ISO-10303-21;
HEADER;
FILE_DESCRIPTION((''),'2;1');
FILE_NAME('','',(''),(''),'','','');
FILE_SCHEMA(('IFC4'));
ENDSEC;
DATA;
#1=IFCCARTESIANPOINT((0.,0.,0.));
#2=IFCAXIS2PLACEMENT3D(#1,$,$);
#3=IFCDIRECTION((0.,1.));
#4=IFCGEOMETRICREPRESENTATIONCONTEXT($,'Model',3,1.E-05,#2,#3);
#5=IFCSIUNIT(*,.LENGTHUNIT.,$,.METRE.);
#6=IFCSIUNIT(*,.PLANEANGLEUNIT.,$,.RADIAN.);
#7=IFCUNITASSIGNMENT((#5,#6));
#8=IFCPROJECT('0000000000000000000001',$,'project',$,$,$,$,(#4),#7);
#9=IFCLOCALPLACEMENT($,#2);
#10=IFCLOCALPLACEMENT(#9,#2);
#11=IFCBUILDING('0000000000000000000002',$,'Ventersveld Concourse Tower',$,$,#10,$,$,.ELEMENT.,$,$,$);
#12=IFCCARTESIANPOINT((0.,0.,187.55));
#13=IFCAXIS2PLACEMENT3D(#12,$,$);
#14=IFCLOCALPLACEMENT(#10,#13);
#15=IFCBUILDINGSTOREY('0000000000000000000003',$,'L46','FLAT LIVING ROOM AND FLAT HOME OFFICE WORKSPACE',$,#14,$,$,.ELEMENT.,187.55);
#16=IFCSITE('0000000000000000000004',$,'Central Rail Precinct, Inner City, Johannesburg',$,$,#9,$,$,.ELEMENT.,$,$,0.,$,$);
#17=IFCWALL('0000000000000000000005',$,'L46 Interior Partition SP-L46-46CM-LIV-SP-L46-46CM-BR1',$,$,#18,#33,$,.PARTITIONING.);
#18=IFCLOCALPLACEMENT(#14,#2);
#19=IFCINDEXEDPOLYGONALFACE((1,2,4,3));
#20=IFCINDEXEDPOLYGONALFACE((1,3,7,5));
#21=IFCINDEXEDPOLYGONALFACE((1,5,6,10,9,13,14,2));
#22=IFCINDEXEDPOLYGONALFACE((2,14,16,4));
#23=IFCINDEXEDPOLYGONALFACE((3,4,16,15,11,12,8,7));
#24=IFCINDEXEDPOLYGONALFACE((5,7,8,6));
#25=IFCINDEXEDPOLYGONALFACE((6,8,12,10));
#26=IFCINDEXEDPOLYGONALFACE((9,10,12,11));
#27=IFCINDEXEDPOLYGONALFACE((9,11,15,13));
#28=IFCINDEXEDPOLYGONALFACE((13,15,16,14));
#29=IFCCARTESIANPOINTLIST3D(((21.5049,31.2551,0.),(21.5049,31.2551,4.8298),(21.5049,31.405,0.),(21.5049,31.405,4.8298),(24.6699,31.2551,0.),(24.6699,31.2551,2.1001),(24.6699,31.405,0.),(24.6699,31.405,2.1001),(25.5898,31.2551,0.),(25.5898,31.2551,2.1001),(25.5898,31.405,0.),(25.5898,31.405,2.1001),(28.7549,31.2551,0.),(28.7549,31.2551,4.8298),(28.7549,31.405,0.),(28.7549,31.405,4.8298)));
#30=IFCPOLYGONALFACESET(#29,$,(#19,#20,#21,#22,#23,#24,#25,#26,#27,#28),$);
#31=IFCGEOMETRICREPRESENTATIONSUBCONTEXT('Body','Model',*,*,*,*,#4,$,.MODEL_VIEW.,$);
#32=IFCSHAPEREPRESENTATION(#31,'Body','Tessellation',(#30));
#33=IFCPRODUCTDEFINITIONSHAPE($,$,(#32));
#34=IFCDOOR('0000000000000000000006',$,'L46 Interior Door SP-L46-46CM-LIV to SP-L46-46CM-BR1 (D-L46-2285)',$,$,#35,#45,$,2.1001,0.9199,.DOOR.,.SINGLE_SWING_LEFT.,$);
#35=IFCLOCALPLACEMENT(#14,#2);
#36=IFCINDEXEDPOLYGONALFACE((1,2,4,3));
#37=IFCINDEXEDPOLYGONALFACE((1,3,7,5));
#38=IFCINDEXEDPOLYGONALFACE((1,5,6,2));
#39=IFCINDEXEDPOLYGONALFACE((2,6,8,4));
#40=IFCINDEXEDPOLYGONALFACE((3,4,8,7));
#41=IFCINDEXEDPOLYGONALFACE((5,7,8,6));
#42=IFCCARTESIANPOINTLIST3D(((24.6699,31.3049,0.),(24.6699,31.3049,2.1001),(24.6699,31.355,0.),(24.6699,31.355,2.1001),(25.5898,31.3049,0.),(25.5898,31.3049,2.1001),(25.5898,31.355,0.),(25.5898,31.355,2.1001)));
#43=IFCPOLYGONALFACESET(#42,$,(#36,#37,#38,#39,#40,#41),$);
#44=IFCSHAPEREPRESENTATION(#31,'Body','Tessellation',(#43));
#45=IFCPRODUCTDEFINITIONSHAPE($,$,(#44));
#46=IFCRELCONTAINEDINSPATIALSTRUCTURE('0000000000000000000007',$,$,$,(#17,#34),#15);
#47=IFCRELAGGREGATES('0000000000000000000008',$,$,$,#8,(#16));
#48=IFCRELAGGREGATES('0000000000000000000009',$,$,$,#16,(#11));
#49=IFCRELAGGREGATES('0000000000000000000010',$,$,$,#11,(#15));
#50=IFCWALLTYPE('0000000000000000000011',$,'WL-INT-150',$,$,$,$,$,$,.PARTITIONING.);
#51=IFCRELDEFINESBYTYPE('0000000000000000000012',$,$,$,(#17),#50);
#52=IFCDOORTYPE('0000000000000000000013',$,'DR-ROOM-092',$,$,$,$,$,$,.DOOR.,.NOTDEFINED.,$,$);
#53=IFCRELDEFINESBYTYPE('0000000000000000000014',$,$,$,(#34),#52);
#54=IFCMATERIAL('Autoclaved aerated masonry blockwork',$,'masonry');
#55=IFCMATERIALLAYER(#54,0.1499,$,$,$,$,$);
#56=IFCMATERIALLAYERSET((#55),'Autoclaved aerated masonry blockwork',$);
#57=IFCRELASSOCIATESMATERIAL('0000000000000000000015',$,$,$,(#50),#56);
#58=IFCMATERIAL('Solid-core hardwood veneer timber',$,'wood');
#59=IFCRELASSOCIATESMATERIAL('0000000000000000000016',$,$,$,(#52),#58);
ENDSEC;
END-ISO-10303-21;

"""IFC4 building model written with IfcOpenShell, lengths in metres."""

from ifc_helpers import new_model, si_unit, direction, frame, frame_2d, origin, place, context, subcontext, project, spatial, rectangle, extrude, material, layer, layer_set, type_object, element, fill, save


model = new_model("IFC4")

# Units and contexts
model_context = context("Model", 3, precision=1e-05, world=origin(), true_north=direction((0.0, 1.0)))
body_context = subcontext(model_context, "Body", "Model", "MODEL_VIEW")
ifc_project = project(units=[si_unit("LENGTHUNIT", "METRE"), si_unit("PLANEANGLEUNIT", "RADIAN")], contexts=[model_context])

# Site, building, storey
site_placement = place(None, origin())
site = spatial("IfcSite", under=ifc_project, at=site_placement, Name="Central Rail Precinct, Inner City, Johannesburg", CompositionType="ELEMENT", RefElevation=0.0)
building_placement = place(site_placement, origin())
building = spatial("IfcBuilding", under=site, at=building_placement, Name="Ventersveld Concourse Tower", CompositionType="ELEMENT")
storey_placement = place(building_placement, frame((0.0, 0.0, 187.55)))
storey = spatial("IfcBuildingStorey", under=building, at=storey_placement, Name="L46", Description="FLAT LIVING ROOM AND FLAT HOME OFFICE WORKSPACE", CompositionType="ELEMENT", Elevation=187.55)

# Shared definitions
ifc_material_1 = material(Name="Autoclaved aerated masonry blockwork", Category="masonry")
ifc_layer_1 = layer(ifc_material_1, 0.1499)
ifc_layer_set_1 = layer_set([ifc_layer_1], Name="Autoclaved aerated masonry blockwork")
wall_type_1 = type_object("IfcWallType", Name="WL-INT-150", PredefinedType="PARTITIONING", material=ifc_layer_set_1)

# Shared definitions
ifc_material_2 = material(Name="Solid-core hardwood veneer timber", Category="wood")
door_type = type_object("IfcDoorType", Name="DR-ROOM-092", OperationType="NOTDEFINED", PredefinedType="DOOR", material=ifc_material_2)

# Wall, opening, door
wall_1_placement = place(storey_placement, frame((21.5049, 31.3301, 0.0), z_axis=(0.0, 0.0, 1.0), x_axis=(1.0, 0.0, 0.0)))
wall_1 = element("IfcWall", 1, at=wall_1_placement, inside=storey, type_object=wall_type_1, Name="L46 Interior Partition SP-L46-46CM-LIV-SP-L46-46CM-BR1", PredefinedType="PARTITIONING", context=body_context, shape_type="SweptSolid", body=[
    extrude(rectangle(XDim=7.25, YDim=0.1499, at=frame_2d((3.625, 0.0))), origin(), (0.0, 0.0, 1.0), 4.8298),
])
opening_1_placement = place(wall_1_placement, frame((3.165, 0.0, 0.0)))
opening_1 = element("IfcOpeningElement", 2, at=opening_1_placement, cuts=wall_1, PredefinedType="OPENING", context=body_context, shape_type="SweptSolid", body=[
    extrude(rectangle(XDim=0.9199, YDim=2.1001, at=frame_2d((0.46, 1.05))), frame((0.0, 0.085, 0.0), z_axis=(0.0, -1.0, 0.0), x_axis=(1.0, 0.0, 0.0)), (0.0, 0.0, 1.0), 0.1699),
])
door_1_placement = place(opening_1_placement, origin())
door_1 = element("IfcDoor", 3, at=door_1_placement, inside=storey, type_object=door_type, Name="L46 Interior Door SP-L46-46CM-LIV to SP-L46-46CM-BR1 (D-L46-2285)", OperationType="SINGLE_SWING_LEFT", OverallHeight=2.1001, OverallWidth=0.9199, PredefinedType="DOOR", context=body_context, shape_type="SweptSolid", body=[
    extrude(rectangle(XDim=0.9199, YDim=2.1001, at=frame_2d((0.46, 1.05))), frame((0.0, 0.0249, 0.0), z_axis=(0.0, -1.0, 0.0), x_axis=(1.0, 0.0, 0.0)), (0.0, 0.0, 1.0), 0.05),
])
fill(opening_1, door_1)

save(model, "model.ifc")
